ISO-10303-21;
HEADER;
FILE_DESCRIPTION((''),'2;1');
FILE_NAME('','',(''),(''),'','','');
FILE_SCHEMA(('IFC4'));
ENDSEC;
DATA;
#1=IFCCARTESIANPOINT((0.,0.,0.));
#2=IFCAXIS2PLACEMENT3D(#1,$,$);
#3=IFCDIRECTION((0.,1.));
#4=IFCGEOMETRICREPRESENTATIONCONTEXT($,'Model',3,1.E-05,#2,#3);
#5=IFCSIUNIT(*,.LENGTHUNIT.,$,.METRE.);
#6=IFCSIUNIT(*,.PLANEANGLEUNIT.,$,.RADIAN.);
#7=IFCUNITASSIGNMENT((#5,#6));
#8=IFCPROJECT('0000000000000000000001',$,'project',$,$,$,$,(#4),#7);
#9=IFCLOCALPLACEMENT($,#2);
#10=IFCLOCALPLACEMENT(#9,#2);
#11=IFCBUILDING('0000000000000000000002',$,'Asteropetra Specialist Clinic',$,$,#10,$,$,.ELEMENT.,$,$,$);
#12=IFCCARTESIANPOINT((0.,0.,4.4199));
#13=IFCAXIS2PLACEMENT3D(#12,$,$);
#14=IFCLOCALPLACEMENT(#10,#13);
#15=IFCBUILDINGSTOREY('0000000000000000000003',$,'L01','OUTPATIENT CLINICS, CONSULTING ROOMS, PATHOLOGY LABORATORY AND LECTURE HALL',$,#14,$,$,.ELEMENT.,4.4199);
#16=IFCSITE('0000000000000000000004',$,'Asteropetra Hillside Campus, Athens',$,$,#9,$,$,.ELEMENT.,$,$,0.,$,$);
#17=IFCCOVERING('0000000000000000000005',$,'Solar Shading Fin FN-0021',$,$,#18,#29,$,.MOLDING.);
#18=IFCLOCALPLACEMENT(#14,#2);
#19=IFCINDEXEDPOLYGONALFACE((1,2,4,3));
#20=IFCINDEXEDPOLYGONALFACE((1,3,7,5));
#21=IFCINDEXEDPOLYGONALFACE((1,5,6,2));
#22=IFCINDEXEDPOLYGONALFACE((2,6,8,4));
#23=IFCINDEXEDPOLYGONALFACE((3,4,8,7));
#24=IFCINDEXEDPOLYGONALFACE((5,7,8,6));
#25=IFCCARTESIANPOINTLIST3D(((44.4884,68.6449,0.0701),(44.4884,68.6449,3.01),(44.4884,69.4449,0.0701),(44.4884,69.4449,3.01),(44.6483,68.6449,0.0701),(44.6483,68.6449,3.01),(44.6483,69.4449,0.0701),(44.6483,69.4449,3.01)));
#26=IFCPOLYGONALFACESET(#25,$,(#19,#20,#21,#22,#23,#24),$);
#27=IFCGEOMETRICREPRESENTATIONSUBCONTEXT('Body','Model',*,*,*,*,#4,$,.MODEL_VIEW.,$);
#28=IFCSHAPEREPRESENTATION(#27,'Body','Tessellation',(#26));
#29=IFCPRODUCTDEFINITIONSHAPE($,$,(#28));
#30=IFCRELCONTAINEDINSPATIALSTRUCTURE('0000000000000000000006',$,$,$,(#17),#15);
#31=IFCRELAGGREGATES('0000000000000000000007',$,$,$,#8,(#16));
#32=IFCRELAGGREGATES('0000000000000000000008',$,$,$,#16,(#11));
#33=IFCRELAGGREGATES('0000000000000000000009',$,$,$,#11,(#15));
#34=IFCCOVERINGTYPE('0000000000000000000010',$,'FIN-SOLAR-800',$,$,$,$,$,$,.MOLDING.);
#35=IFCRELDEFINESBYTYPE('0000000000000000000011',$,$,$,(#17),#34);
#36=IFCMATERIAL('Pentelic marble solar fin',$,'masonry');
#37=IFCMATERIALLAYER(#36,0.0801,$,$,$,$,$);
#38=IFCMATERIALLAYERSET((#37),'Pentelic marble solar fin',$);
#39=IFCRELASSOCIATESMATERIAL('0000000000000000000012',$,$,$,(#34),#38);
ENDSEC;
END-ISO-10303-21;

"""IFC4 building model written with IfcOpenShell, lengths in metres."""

from ifc_helpers import new_model, si_unit, direction, frame, origin, origin_2d, place, context, subcontext, project, spatial, rectangle, extrude, material, layer, layer_set, type_object, element, save


model = new_model("IFC4")

# Units and contexts
model_context = context("Model", 3, precision=1e-05, world=origin(), true_north=direction((0.0, 1.0)))
body_context = subcontext(model_context, "Body", "Model", "MODEL_VIEW")
ifc_project = project(units=[si_unit("LENGTHUNIT", "METRE"), si_unit("PLANEANGLEUNIT", "RADIAN")], contexts=[model_context])

# Site, building, storey
site_placement = place(None, origin())
site = spatial("IfcSite", under=ifc_project, at=site_placement, Name="Asteropetra Hillside Campus, Athens", CompositionType="ELEMENT", RefElevation=0.0)
building_placement = place(site_placement, origin())
building = spatial("IfcBuilding", under=site, at=building_placement, Name="Asteropetra Specialist Clinic", CompositionType="ELEMENT")
storey_placement = place(building_placement, frame((0.0, 0.0, 4.4199)))
storey = spatial("IfcBuildingStorey", under=building, at=storey_placement, Name="L01", Description="OUTPATIENT CLINICS, CONSULTING ROOMS, PATHOLOGY LABORATORY AND LECTURE HALL", CompositionType="ELEMENT", Elevation=4.4199)

# Covering
ifc_material_1 = material(Name="Pentelic marble solar fin", Category="masonry")
ifc_layer_1 = layer(ifc_material_1, 0.0801)
ifc_layer_set_1 = layer_set([ifc_layer_1], Name="Pentelic marble solar fin")
covering_type = type_object("IfcCoveringType", Name="FIN-SOLAR-800", PredefinedType="MOLDING", material=ifc_layer_set_1)
covering_placement = place(storey_placement, frame((44.5684, 69.0449, 0.0701), z_axis=(0.0, 0.0, 1.0), x_axis=(1.0, 0.0, 0.0)))
element("IfcCovering", 1, at=covering_placement, inside=storey, type_object=covering_type, Name="Solar Shading Fin FN-0021", PredefinedType="MOLDING", context=body_context, shape_type="SweptSolid", body=[
    extrude(rectangle(XDim=0.1599, YDim=0.8, at=origin_2d()), origin(), (0.0, 0.0, 1.0), 2.9399),
])

save(model, "model.ifc")
